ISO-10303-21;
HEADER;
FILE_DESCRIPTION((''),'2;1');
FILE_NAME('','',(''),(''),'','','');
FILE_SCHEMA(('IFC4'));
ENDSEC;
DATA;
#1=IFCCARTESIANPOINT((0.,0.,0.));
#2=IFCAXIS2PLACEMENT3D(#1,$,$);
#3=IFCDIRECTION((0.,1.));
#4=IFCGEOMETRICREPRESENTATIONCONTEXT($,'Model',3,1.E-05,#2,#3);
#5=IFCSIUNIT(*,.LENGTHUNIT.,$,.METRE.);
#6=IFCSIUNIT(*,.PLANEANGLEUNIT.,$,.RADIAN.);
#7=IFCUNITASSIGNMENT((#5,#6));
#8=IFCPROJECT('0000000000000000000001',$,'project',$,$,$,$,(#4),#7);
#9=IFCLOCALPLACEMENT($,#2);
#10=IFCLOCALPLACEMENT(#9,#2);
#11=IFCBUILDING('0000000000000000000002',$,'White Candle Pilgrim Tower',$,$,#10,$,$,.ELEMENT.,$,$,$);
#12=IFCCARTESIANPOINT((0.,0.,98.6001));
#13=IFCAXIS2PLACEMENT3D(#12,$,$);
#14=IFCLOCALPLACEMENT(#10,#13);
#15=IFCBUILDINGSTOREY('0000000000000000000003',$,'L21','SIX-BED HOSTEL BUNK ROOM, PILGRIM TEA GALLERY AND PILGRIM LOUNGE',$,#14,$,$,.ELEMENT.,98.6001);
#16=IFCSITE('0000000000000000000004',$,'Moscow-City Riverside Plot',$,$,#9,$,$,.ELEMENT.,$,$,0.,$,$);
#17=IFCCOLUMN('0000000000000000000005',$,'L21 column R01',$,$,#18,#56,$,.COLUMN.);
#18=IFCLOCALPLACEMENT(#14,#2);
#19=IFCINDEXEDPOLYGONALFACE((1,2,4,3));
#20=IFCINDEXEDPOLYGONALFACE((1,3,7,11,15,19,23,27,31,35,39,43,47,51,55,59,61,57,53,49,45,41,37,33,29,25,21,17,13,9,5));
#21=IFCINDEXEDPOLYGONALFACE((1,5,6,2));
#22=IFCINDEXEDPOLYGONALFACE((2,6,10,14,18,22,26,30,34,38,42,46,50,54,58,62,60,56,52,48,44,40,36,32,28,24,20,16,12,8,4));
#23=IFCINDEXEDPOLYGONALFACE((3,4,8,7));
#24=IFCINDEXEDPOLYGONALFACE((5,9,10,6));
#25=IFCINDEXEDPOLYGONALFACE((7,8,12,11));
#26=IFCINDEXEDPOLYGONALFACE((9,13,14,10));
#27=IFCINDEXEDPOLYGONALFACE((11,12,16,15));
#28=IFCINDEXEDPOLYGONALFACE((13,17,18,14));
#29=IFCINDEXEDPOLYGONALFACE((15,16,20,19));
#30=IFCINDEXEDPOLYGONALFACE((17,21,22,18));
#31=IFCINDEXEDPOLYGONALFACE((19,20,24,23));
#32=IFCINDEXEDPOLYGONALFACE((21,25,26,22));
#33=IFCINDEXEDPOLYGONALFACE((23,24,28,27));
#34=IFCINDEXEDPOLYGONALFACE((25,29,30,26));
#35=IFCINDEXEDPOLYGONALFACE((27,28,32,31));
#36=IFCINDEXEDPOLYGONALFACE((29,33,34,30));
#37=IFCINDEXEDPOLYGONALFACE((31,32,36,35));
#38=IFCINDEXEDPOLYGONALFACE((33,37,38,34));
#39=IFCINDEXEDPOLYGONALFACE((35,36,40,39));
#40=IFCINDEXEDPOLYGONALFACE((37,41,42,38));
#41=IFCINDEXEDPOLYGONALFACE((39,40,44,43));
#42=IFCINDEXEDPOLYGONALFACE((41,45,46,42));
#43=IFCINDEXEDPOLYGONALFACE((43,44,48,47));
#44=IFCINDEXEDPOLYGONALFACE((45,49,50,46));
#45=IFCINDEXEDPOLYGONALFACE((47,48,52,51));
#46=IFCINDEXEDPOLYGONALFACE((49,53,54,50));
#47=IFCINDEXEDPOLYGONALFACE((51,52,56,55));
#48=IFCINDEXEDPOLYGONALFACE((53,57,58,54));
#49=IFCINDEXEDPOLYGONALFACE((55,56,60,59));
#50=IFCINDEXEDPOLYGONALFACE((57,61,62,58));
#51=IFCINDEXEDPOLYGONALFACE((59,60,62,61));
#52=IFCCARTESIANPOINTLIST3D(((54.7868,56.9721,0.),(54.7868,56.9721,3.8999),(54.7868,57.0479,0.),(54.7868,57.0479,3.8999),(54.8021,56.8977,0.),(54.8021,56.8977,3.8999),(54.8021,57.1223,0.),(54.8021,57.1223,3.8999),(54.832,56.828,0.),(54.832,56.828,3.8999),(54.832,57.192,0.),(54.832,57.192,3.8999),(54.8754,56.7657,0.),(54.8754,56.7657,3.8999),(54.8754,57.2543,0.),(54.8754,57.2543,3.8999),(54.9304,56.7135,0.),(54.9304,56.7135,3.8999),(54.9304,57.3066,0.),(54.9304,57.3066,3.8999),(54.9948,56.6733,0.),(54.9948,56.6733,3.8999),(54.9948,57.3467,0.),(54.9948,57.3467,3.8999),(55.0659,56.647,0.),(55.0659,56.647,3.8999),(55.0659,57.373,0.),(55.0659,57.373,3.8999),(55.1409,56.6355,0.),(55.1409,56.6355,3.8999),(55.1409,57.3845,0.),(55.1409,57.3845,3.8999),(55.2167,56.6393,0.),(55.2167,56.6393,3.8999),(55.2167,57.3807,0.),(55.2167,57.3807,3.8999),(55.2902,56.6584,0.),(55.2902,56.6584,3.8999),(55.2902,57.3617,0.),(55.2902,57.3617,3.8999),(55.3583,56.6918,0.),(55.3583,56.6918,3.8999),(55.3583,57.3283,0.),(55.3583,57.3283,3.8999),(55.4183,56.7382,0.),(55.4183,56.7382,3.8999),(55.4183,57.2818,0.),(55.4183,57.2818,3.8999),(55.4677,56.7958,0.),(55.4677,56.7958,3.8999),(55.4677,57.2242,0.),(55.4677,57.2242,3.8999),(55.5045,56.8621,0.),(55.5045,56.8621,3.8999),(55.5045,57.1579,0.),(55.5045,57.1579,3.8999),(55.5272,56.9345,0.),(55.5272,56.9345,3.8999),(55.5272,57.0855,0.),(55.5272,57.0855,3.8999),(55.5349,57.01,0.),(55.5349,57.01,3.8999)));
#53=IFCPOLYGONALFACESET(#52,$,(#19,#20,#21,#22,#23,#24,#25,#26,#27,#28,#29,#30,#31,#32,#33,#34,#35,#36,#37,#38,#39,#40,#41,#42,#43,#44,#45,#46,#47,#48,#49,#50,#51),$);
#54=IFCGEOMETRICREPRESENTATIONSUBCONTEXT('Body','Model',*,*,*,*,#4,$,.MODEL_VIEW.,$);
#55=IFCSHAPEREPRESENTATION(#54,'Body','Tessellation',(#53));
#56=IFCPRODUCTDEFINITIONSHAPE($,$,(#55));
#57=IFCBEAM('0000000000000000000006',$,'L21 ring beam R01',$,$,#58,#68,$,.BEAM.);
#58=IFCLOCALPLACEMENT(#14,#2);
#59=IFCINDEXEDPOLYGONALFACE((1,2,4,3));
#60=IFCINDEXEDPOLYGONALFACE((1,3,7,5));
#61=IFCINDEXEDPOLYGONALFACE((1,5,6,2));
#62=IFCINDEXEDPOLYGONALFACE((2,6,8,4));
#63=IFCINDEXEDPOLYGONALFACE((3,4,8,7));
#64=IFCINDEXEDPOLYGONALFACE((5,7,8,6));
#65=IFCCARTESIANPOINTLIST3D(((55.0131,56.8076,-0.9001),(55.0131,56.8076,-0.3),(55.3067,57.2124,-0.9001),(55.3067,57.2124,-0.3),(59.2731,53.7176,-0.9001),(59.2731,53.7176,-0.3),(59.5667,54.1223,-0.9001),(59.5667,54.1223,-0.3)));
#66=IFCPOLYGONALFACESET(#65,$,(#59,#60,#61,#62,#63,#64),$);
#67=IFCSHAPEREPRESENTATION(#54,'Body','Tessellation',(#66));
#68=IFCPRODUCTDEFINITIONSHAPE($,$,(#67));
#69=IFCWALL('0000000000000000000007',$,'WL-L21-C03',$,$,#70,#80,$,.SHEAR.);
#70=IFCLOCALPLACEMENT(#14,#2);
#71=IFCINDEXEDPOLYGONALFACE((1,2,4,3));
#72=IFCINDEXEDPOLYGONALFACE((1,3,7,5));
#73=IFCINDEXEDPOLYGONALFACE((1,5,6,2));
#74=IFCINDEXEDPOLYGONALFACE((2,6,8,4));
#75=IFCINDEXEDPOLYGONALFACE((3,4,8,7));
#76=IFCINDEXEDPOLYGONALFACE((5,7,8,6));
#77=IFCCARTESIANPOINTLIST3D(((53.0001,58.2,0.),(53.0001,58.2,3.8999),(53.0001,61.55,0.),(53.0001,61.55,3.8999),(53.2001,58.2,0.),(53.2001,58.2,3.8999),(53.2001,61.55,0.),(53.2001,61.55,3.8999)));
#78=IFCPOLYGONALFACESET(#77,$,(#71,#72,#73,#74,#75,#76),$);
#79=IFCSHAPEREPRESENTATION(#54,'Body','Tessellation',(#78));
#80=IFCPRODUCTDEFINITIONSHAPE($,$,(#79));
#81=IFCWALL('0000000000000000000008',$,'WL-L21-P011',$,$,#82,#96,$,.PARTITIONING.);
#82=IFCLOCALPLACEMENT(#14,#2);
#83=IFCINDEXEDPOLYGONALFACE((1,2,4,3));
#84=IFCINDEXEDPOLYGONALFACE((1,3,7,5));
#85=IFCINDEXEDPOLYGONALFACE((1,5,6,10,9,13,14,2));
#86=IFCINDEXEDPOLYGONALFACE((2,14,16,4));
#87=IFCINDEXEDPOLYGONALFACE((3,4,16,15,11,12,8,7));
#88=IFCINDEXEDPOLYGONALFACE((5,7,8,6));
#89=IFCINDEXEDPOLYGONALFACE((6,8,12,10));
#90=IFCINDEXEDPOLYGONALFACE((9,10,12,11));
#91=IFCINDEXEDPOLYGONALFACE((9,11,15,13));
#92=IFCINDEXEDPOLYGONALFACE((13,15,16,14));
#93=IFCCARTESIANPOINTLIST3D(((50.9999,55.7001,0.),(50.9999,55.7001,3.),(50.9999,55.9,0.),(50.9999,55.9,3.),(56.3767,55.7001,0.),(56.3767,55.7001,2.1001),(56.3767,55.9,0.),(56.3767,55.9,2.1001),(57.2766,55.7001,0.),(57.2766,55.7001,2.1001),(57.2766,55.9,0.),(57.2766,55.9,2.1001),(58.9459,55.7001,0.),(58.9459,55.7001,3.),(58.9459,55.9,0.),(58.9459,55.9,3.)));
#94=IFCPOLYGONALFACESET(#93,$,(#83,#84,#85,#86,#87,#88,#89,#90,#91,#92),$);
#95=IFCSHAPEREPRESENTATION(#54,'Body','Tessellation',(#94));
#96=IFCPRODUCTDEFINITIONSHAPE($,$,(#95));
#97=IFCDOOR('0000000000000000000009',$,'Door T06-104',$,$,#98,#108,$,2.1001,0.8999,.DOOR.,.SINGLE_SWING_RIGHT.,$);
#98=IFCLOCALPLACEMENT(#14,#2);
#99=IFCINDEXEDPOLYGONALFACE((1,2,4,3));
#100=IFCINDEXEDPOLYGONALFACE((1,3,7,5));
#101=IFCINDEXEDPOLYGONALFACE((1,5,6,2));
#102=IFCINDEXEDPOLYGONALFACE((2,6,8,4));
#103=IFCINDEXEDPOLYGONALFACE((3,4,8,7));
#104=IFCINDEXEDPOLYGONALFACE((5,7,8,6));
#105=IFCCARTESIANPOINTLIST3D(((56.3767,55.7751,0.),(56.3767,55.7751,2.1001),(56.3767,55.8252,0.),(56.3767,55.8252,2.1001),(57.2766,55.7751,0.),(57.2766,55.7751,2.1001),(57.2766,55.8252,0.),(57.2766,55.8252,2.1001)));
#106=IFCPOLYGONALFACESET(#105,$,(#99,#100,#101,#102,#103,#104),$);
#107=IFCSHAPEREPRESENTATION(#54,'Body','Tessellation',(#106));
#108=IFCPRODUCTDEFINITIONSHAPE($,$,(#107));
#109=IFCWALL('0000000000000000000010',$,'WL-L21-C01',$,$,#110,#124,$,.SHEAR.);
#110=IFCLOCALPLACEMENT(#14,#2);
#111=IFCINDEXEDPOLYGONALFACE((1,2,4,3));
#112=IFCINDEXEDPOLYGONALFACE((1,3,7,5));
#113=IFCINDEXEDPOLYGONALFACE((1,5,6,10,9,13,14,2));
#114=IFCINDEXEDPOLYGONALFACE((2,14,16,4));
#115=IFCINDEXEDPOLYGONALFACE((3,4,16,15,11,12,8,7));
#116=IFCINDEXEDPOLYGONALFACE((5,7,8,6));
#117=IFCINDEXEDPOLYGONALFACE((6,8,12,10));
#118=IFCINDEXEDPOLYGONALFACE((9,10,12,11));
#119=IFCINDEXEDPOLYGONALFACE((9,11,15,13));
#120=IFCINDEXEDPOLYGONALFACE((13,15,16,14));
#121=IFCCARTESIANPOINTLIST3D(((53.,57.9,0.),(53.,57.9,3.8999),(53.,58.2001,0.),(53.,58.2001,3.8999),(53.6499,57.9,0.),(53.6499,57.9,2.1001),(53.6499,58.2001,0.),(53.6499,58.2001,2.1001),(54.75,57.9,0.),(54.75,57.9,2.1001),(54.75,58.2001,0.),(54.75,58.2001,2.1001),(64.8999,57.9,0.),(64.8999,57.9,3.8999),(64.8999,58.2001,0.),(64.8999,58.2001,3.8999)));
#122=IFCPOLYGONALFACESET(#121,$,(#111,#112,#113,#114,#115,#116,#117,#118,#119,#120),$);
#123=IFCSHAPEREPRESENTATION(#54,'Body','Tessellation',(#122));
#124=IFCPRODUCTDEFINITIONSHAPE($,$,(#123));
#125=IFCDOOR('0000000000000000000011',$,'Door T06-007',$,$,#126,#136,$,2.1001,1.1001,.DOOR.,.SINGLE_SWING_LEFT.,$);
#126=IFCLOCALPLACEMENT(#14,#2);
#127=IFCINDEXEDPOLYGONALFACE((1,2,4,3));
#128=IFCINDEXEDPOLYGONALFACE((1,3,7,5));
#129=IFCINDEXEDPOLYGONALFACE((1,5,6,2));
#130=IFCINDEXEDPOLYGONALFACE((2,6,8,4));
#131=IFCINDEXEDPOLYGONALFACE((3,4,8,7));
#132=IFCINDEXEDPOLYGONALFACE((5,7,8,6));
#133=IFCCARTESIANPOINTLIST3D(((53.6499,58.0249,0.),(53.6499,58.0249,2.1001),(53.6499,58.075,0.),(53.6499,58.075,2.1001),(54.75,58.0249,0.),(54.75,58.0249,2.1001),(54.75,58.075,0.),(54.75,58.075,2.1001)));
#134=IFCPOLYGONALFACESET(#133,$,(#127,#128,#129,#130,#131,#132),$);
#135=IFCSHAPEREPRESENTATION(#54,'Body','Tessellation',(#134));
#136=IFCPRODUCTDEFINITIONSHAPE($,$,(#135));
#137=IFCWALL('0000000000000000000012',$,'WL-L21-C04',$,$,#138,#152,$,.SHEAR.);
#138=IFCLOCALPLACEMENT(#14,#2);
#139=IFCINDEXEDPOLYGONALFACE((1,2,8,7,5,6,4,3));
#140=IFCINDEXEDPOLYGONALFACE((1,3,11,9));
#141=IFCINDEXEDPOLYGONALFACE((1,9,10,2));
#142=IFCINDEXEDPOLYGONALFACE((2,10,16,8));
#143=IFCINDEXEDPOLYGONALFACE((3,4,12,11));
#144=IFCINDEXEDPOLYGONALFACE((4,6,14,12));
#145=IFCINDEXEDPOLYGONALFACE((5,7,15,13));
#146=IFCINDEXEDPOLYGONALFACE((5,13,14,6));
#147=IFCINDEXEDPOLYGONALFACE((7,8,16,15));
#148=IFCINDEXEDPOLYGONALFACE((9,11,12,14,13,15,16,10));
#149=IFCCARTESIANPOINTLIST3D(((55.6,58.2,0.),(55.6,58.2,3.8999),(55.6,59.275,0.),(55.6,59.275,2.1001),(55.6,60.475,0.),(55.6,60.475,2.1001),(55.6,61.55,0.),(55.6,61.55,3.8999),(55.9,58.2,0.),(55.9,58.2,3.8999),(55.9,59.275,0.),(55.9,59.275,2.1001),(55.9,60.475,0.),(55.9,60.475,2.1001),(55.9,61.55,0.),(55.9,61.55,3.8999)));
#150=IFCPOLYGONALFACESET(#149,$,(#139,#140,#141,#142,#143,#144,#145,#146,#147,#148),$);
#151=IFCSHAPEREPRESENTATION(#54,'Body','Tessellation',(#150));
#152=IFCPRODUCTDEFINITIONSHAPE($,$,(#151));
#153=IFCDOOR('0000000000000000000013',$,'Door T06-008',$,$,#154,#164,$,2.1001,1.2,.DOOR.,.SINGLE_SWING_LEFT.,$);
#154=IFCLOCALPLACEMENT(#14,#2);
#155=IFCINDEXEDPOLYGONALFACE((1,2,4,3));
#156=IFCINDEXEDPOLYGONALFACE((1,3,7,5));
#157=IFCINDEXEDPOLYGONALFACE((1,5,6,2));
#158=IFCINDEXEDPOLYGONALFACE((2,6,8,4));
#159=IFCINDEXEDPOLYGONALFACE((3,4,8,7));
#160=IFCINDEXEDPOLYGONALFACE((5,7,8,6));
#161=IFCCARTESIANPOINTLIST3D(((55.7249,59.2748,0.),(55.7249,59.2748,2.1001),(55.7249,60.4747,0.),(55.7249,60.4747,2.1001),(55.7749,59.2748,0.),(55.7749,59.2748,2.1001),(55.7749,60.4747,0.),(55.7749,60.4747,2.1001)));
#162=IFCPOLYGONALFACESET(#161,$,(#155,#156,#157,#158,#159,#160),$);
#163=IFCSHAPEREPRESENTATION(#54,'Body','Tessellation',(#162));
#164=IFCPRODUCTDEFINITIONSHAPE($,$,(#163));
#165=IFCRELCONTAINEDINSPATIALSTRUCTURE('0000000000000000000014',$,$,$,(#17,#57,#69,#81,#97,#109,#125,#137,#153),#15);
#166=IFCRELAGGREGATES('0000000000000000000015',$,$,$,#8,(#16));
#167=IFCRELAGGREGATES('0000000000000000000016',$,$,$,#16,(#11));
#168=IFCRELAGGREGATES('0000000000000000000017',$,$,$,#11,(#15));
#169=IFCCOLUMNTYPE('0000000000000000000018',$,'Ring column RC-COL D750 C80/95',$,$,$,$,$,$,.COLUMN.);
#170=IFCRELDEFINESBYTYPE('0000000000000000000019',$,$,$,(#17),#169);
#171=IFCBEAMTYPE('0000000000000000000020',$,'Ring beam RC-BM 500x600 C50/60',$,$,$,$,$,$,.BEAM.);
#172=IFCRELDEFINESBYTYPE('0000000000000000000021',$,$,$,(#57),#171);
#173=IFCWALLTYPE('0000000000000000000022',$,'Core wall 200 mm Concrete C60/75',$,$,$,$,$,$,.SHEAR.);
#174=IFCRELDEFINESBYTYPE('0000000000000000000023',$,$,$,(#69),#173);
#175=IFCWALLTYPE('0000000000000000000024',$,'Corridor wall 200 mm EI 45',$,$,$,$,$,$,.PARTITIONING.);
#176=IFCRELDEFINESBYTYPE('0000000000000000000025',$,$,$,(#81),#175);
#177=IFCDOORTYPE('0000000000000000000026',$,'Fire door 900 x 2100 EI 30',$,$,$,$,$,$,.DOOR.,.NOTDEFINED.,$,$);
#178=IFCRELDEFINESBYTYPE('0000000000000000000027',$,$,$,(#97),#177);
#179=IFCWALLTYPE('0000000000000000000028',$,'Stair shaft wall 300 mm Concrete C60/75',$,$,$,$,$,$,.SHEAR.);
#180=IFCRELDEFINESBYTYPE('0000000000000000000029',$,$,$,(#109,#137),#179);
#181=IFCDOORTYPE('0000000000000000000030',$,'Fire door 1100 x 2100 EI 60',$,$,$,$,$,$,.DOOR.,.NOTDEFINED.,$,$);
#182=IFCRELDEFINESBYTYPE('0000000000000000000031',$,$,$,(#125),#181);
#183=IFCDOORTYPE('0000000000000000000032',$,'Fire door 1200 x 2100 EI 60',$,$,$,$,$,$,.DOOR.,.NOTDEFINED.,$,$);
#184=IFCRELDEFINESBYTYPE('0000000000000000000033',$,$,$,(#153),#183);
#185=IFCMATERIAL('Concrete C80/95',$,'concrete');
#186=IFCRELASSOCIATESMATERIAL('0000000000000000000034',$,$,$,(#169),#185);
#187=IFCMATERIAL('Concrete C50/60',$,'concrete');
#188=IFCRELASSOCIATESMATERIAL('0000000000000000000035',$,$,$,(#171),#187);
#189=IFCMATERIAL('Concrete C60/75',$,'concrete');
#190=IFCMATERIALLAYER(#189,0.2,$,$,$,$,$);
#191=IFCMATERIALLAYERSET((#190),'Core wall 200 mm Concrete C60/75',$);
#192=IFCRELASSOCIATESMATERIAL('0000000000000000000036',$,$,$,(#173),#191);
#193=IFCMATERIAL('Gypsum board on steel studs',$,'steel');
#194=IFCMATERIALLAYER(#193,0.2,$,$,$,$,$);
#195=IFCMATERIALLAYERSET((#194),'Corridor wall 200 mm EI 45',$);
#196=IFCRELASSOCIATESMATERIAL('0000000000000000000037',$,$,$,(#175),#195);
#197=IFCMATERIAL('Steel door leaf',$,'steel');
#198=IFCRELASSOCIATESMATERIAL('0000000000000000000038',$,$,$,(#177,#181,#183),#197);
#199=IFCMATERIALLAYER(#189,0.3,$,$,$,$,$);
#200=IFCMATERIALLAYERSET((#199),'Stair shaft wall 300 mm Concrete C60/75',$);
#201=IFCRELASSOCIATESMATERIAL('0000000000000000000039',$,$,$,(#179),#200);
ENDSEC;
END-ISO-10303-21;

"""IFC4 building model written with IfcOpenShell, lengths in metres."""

from ifc_helpers import new_model, si_unit, direction, frame, frame_2d, origin, origin_2d, place, context, subcontext, project, spatial, rectangle, circle, extrude, material, layer, layer_set, material_profile, profile_set, type_object, element, fill, save


model = new_model("IFC4")

# Units and contexts
model_context = context("Model", 3, precision=1e-05, world=origin(), true_north=direction((0.0, 1.0)))
body_context = subcontext(model_context, "Body", "Model", "MODEL_VIEW")
ifc_project = project(units=[si_unit("LENGTHUNIT", "METRE"), si_unit("PLANEANGLEUNIT", "RADIAN")], contexts=[model_context])

# Site, building, storey
site_placement = place(None, origin())
site = spatial("IfcSite", under=ifc_project, at=site_placement, Name="Moscow-City Riverside Plot", CompositionType="ELEMENT", RefElevation=0.0)
building_placement = place(site_placement, origin())
building = spatial("IfcBuilding", under=site, at=building_placement, Name="White Candle Pilgrim Tower", CompositionType="ELEMENT")
storey_placement = place(building_placement, frame((0.0, 0.0, 98.6001)))
storey = spatial("IfcBuildingStorey", under=building, at=storey_placement, Name="L21", Description="SIX-BED HOSTEL BUNK ROOM, PILGRIM TEA GALLERY AND PILGRIM LOUNGE", CompositionType="ELEMENT", Elevation=98.6001)

# Column
ifc_material_1 = material(Name="Concrete C80/95", Category="concrete")
ifc_material_profile_1 = material_profile(ifc_material_1, circle(Radius=0.375, at=origin_2d()), Name="RC-COL D750")
ifc_profile_set_1 = profile_set([ifc_material_profile_1], Name="Concrete C80/95")
column_type = type_object("IfcColumnType", Name="Ring column RC-COL D750 C80/95", PredefinedType="COLUMN", material=ifc_profile_set_1)
column_placement = place(storey_placement, frame((55.1599, 57.01, 0.0), z_axis=(0.0, 0.0, 1.0), x_axis=(1.0, 0.0, 0.0)))
element("IfcColumn", 1, at=column_placement, inside=storey, type_object=column_type, Name="L21 column R01", PredefinedType="COLUMN", context=body_context, shape_type="SweptSolid", body=[
    extrude(circle(Radius=0.375, at=origin_2d()), origin(), (0.0, 0.0, 1.0), 3.8999),
])

# Beam
ifc_material_2 = material(Name="Concrete C50/60", Category="concrete")
ifc_material_profile_2 = material_profile(ifc_material_2, rectangle(XDim=0.5, YDim=0.6001, at=origin_2d()), Name="RC-BM 500x600")
ifc_profile_set_2 = profile_set([ifc_material_profile_2], Name="Concrete C50/60")
beam_type = type_object("IfcBeamType", Name="Ring beam RC-BM 500x600 C50/60", PredefinedType="BEAM", material=ifc_profile_set_2)
beam_placement = place(storey_placement, frame((55.1599, 57.01, -0.6001), z_axis=(0.809468, -0.587164, 0.0), x_axis=(0.587164, 0.809468, 0.0)))
element("IfcBeam", 2, at=beam_placement, inside=storey, type_object=beam_type, Name="L21 ring beam R01", PredefinedType="BEAM", context=body_context, shape_type="SweptSolid", body=[
    extrude(rectangle(XDim=0.5, YDim=0.6001, at=origin_2d()), origin(), (0.0, 0.0, 1.0), 5.2627),
])

# Wall
ifc_material_3 = material(Name="Concrete C60/75", Category="concrete")
ifc_layer_1 = layer(ifc_material_3, 0.2)
ifc_layer_set_1 = layer_set([ifc_layer_1], Name="Core wall 200 mm Concrete C60/75")
wall_type_1 = type_object("IfcWallType", Name="Core wall 200 mm Concrete C60/75", PredefinedType="SHEAR", material=ifc_layer_set_1)
wall_1_placement = place(storey_placement, frame((53.1001, 58.2, 0.0), z_axis=(0.0, 0.0, 1.0), x_axis=(0.0, 1.0, 0.0)))
element("IfcWall", 3, at=wall_1_placement, inside=storey, type_object=wall_type_1, Name="WL-L21-C03", PredefinedType="SHEAR", context=body_context, shape_type="SweptSolid", body=[
    extrude(rectangle(XDim=3.3501, YDim=0.2, at=frame_2d((1.675, 0.0))), origin(), (0.0, 0.0, 1.0), 3.8999),
])

# Walls, openings, doors
ifc_material_4 = material(Name="Gypsum board on steel studs", Category="steel")
ifc_layer_2 = layer(ifc_material_4, 0.2)
ifc_layer_set_2 = layer_set([ifc_layer_2], Name="Corridor wall 200 mm EI 45")
wall_type_2 = type_object("IfcWallType", Name="Corridor wall 200 mm EI 45", PredefinedType="PARTITIONING", material=ifc_layer_set_2)
wall_2_placement = place(storey_placement, frame((58.946, 55.8, 0.0), z_axis=(0.0, 0.0, 1.0), x_axis=(-1.0, 0.0, 0.0)))
wall_2 = element("IfcWall", 4, at=wall_2_placement, inside=storey, type_object=wall_type_2, Name="WL-L21-P011", PredefinedType="PARTITIONING", context=body_context, shape_type="SweptSolid", body=[
    extrude(rectangle(XDim=7.946, YDim=0.2, at=frame_2d((3.9731, 0.0))), origin(), (0.0, 0.0, 1.0), 3.0),
])
opening_1_placement = place(wall_2_placement, frame((1.6694, 0.0, 0.0)))
opening_1 = element("IfcOpeningElement", 5, at=opening_1_placement, cuts=wall_2, PredefinedType="OPENING", context=body_context, shape_type="SweptSolid", body=[
    extrude(rectangle(XDim=0.8999, YDim=2.1001, at=frame_2d((0.45, 1.05))), frame((0.0, 0.1099, 0.0), z_axis=(0.0, -1.0, 0.0), x_axis=(1.0, 0.0, 0.0)), (0.0, 0.0, 1.0), 0.22),
])
ifc_material_5 = material(Name="Steel door leaf", Category="steel")
door_type_1 = type_object("IfcDoorType", Name="Fire door 900 x 2100 EI 30", OperationType="NOTDEFINED", PredefinedType="DOOR", material=ifc_material_5)
door_1_placement = place(opening_1_placement, origin())
door_1 = element("IfcDoor", 6, at=door_1_placement, inside=storey, type_object=door_type_1, Name="Door T06-104", OperationType="SINGLE_SWING_RIGHT", OverallHeight=2.1001, OverallWidth=0.8999, PredefinedType="DOOR", context=body_context, shape_type="SweptSolid", body=[
    extrude(rectangle(XDim=0.8999, YDim=2.1001, at=frame_2d((0.45, 1.05))), frame((0.0, 0.0249, 0.0), z_axis=(0.0, -1.0, 0.0), x_axis=(1.0, 0.0, 0.0)), (0.0, 0.0, 1.0), 0.05),
])
fill(opening_1, door_1)
ifc_layer_3 = layer(ifc_material_3, 0.3)
ifc_layer_set_3 = layer_set([ifc_layer_3], Name="Stair shaft wall 300 mm Concrete C60/75")
wall_type_3 = type_object("IfcWallType", Name="Stair shaft wall 300 mm Concrete C60/75", PredefinedType="SHEAR", material=ifc_layer_set_3)
wall_3_placement = place(storey_placement, frame((53.0, 58.05, 0.0), z_axis=(0.0, 0.0, 1.0), x_axis=(1.0, 0.0, 0.0)))
wall_3 = element("IfcWall", 7, at=wall_3_placement, inside=storey, type_object=wall_type_3, Name="WL-L21-C01", PredefinedType="SHEAR", context=body_context, shape_type="SweptSolid", body=[
    extrude(rectangle(XDim=11.8999, YDim=0.3, at=frame_2d((5.95, 0.0))), origin(), (0.0, 0.0, 1.0), 3.8999),
])
opening_2_placement = place(wall_3_placement, frame((0.6499, 0.0, 0.0)))
opening_2 = element("IfcOpeningElement", 8, at=opening_2_placement, cuts=wall_3, PredefinedType="OPENING", context=body_context, shape_type="SweptSolid", body=[
    extrude(rectangle(XDim=1.1001, YDim=2.1001, at=frame_2d((0.55, 1.05))), frame((0.0, 0.1599, 0.0), z_axis=(0.0, -1.0, 0.0), x_axis=(1.0, 0.0, 0.0)), (0.0, 0.0, 1.0), 0.3201),
])
door_type_2 = type_object("IfcDoorType", Name="Fire door 1100 x 2100 EI 60", OperationType="NOTDEFINED", PredefinedType="DOOR", material=ifc_material_5)
door_2_placement = place(opening_2_placement, origin())
door_2 = element("IfcDoor", 9, at=door_2_placement, inside=storey, type_object=door_type_2, Name="Door T06-007", OperationType="SINGLE_SWING_LEFT", OverallHeight=2.1001, OverallWidth=1.1001, PredefinedType="DOOR", context=body_context, shape_type="SweptSolid", body=[
    extrude(rectangle(XDim=1.1001, YDim=2.1001, at=frame_2d((0.55, 1.05))), frame((0.0, 0.0249, 0.0), z_axis=(0.0, -1.0, 0.0), x_axis=(1.0, 0.0, 0.0)), (0.0, 0.0, 1.0), 0.05),
])
fill(opening_2, door_2)
wall_4_placement = place(storey_placement, frame((55.75, 58.2, 0.0), z_axis=(0.0, 0.0, 1.0), x_axis=(0.0, 1.0, 0.0)))
wall_4 = element("IfcWall", 10, at=wall_4_placement, inside=storey, type_object=wall_type_3, Name="WL-L21-C04", PredefinedType="SHEAR", context=body_context, shape_type="SweptSolid", body=[
    extrude(rectangle(XDim=3.3501, YDim=0.3, at=frame_2d((1.675, 0.0))), origin(), (0.0, 0.0, 1.0), 3.8999),
])
opening_3_placement = place(wall_4_placement, frame((1.075, 0.0, 0.0)))
opening_3 = element("IfcOpeningElement", 11, at=opening_3_placement, cuts=wall_4, PredefinedType="OPENING", context=body_context, shape_type="SweptSolid", body=[
    extrude(rectangle(XDim=1.2, YDim=2.1001, at=frame_2d((0.6001, 1.05))), frame((0.0, 0.1599, 0.0), z_axis=(0.0, -1.0, 0.0), x_axis=(1.0, 0.0, 0.0)), (0.0, 0.0, 1.0), 0.3201),
])
door_type_3 = type_object("IfcDoorType", Name="Fire door 1200 x 2100 EI 60", OperationType="NOTDEFINED", PredefinedType="DOOR", material=ifc_material_5)
door_3_placement = place(opening_3_placement, frame((1.2, 0.0, 0.0), z_axis=(0.0, 0.0, 1.0), x_axis=(-1.0, 0.0, 0.0)))
door_3 = element("IfcDoor", 12, at=door_3_placement, inside=storey, type_object=door_type_3, Name="Door T06-008", OperationType="SINGLE_SWING_LEFT", OverallHeight=2.1001, OverallWidth=1.2, PredefinedType="DOOR", context=body_context, shape_type="SweptSolid", body=[
    extrude(rectangle(XDim=1.2, YDim=2.1001, at=frame_2d((0.6001, 1.05))), frame((0.0, 0.0249, 0.0), z_axis=(0.0, -1.0, 0.0), x_axis=(1.0, 0.0, 0.0)), (0.0, 0.0, 1.0), 0.05),
])
fill(opening_3, door_3)

save(model, "model.ifc")
